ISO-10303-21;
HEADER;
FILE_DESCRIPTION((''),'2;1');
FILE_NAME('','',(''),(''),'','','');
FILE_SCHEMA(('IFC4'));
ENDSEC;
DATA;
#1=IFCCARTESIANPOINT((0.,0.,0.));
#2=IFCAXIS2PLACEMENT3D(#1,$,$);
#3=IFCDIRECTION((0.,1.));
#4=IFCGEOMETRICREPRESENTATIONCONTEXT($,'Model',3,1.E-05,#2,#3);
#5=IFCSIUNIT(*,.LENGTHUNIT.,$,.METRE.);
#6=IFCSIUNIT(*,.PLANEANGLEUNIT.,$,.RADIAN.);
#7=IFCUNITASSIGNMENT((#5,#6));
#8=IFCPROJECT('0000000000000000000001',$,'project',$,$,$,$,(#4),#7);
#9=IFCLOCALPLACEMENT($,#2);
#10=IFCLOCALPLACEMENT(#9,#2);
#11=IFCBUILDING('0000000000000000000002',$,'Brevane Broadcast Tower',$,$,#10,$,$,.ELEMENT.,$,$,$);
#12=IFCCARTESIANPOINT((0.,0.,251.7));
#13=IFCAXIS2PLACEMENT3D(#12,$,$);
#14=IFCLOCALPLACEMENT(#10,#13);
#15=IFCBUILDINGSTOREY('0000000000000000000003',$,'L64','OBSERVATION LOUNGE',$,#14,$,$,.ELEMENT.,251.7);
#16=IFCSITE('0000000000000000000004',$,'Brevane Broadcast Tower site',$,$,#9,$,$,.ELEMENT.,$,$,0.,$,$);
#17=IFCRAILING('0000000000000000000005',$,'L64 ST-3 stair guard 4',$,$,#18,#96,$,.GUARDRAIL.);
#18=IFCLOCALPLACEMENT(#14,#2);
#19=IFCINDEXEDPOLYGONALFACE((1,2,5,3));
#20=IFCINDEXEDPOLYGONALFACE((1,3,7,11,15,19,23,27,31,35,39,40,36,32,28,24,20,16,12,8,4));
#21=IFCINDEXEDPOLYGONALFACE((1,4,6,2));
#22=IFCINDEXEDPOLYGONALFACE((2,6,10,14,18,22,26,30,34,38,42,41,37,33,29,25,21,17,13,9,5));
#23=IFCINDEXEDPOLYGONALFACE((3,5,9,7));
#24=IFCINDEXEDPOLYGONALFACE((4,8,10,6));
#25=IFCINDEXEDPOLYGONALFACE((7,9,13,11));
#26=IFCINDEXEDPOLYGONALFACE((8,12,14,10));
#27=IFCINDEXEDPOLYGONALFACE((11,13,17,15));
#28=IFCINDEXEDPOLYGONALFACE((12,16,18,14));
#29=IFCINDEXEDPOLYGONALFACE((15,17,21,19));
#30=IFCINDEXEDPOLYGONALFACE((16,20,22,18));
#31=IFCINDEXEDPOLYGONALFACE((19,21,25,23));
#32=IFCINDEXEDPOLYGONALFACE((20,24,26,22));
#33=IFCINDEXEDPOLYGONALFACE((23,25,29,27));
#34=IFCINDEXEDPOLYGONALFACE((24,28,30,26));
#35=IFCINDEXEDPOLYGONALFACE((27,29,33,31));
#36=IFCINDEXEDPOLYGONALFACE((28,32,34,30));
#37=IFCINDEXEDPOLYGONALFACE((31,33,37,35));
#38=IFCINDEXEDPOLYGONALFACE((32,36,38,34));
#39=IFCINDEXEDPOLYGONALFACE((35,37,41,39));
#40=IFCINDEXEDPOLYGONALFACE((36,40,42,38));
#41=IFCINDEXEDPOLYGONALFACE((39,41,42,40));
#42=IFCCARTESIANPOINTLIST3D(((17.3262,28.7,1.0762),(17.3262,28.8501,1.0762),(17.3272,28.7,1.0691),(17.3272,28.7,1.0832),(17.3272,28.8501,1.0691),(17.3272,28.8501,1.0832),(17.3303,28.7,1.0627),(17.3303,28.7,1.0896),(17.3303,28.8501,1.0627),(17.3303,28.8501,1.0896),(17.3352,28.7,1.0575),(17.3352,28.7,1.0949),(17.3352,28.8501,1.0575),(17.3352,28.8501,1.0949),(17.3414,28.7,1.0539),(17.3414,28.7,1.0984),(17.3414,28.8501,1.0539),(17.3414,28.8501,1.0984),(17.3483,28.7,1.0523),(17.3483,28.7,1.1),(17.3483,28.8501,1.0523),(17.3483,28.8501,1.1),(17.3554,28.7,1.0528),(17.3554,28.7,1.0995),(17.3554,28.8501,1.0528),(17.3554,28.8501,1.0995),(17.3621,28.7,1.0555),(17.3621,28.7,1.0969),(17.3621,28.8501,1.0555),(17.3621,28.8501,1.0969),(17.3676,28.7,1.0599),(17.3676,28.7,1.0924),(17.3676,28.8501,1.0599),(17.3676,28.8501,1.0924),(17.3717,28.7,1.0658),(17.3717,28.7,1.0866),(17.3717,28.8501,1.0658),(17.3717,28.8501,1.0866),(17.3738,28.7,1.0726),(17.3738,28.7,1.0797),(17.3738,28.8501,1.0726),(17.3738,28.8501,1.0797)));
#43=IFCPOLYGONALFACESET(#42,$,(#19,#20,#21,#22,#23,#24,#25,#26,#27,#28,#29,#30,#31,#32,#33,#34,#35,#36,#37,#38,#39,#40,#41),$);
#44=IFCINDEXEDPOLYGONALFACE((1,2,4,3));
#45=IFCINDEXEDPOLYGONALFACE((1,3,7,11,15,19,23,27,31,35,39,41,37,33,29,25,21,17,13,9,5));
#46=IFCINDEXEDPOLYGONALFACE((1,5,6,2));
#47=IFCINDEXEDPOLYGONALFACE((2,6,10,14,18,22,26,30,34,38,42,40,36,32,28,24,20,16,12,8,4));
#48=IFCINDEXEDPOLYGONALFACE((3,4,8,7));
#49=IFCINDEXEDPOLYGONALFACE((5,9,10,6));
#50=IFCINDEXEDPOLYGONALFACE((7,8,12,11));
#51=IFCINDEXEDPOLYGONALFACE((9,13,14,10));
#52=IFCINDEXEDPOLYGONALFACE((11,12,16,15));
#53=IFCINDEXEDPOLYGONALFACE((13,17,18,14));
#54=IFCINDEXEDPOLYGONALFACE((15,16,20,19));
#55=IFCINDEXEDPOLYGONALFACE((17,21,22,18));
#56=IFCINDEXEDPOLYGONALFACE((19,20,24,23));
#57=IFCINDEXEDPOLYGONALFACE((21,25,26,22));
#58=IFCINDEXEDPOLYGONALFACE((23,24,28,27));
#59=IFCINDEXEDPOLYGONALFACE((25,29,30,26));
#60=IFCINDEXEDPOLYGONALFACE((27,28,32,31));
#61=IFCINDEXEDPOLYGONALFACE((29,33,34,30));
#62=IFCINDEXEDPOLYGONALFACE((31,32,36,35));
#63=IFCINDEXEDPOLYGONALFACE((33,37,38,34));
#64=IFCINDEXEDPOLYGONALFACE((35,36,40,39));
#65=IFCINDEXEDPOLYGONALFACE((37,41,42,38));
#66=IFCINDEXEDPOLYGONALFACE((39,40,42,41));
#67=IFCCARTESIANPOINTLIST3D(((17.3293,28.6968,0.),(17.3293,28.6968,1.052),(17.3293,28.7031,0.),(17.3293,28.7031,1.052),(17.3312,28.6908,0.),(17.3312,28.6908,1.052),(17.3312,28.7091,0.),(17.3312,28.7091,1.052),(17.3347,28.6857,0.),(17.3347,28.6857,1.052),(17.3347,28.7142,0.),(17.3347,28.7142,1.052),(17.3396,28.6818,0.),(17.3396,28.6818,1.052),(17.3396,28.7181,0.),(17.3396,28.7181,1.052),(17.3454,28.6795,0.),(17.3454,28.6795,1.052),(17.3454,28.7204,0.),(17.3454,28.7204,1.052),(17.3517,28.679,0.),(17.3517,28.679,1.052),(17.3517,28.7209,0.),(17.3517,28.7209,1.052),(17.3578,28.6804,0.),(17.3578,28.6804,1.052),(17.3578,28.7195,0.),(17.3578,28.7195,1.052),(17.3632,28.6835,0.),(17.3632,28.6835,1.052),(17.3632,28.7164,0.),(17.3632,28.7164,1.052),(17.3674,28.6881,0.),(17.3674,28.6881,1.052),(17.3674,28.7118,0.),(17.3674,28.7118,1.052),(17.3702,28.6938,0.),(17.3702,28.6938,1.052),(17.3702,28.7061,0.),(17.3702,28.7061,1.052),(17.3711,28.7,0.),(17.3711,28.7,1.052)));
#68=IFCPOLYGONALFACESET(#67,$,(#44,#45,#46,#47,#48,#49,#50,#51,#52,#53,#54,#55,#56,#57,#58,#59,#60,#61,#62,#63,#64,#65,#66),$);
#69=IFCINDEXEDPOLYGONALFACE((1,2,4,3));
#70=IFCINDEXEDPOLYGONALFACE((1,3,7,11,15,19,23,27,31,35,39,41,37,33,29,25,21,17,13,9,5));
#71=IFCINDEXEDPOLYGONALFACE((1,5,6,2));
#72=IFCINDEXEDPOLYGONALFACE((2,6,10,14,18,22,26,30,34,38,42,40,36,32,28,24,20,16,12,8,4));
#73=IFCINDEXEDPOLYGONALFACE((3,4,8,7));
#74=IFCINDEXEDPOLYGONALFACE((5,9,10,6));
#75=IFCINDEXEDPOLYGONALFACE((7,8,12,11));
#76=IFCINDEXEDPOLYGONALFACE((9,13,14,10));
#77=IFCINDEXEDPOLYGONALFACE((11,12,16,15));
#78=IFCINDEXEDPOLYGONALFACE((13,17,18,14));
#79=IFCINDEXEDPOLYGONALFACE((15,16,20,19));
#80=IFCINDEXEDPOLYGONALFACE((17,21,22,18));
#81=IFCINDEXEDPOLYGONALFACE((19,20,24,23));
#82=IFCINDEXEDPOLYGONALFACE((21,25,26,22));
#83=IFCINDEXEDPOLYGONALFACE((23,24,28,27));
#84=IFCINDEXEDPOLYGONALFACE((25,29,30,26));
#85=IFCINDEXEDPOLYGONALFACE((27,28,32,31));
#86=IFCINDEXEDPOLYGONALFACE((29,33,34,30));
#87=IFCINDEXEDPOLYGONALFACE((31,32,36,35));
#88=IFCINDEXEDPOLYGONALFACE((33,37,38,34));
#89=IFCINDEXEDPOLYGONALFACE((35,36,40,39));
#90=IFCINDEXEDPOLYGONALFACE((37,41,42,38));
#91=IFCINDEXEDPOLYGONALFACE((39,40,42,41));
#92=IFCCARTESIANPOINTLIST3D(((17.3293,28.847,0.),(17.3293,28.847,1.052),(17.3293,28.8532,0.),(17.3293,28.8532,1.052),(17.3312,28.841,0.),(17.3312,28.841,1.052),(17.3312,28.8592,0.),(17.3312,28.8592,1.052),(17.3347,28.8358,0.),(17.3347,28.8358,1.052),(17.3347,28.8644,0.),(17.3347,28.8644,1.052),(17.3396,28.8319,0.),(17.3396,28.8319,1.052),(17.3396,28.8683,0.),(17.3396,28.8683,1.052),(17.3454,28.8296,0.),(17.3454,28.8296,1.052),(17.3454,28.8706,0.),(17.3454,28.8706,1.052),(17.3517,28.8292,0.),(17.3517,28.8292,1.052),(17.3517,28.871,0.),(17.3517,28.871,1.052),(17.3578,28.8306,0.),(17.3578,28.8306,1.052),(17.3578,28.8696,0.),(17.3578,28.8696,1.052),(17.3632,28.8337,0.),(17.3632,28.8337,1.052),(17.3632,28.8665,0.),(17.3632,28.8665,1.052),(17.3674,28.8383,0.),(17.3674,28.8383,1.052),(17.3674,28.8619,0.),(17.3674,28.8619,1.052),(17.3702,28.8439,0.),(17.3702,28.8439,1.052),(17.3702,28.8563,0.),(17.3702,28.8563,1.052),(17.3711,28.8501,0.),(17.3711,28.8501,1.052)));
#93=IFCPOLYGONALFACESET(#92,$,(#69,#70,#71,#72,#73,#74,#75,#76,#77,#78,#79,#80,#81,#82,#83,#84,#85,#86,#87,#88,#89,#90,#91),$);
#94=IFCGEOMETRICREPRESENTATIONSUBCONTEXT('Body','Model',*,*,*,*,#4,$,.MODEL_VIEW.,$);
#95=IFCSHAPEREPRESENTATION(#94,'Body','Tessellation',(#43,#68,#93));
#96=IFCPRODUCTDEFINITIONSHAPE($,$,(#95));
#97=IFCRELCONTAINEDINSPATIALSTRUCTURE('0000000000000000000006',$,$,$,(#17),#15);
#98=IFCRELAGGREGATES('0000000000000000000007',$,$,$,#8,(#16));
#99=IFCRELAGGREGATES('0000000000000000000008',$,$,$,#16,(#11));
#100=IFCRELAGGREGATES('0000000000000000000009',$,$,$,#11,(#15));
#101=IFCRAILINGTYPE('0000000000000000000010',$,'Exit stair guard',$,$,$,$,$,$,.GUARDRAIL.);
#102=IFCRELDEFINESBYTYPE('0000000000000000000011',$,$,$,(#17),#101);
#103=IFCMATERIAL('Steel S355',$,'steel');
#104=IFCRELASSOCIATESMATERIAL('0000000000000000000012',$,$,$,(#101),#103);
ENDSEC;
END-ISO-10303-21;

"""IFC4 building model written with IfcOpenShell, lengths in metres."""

from ifc_helpers import new_model, si_unit, direction, frame, origin, origin_2d, place, context, subcontext, project, spatial, circle, extrude, material, type_object, element, save


model = new_model("IFC4")

# Units and contexts
model_context = context("Model", 3, precision=1e-05, world=origin(), true_north=direction((0.0, 1.0)))
body_context = subcontext(model_context, "Body", "Model", "MODEL_VIEW")
ifc_project = project(units=[si_unit("LENGTHUNIT", "METRE"), si_unit("PLANEANGLEUNIT", "RADIAN")], contexts=[model_context])

# Site, building, storey
site_placement = place(None, origin())
site = spatial("IfcSite", under=ifc_project, at=site_placement, Name="Brevane Broadcast Tower site", CompositionType="ELEMENT", RefElevation=0.0)
building_placement = place(site_placement, origin())
building = spatial("IfcBuilding", under=site, at=building_placement, Name="Brevane Broadcast Tower", CompositionType="ELEMENT")
storey_placement = place(building_placement, frame((0.0, 0.0, 251.7)))
storey = spatial("IfcBuildingStorey", under=building, at=storey_placement, Name="L64", Description="OBSERVATION LOUNGE", CompositionType="ELEMENT", Elevation=251.7)

# Railing
ifc_material_1 = material(Name="Steel S355", Category="steel")
railing_type = type_object("IfcRailingType", Name="Exit stair guard", PredefinedType="GUARDRAIL", material=ifc_material_1)
railing_1_placement = place(storey_placement, frame((17.3501, 28.7, 0.0)))
element("IfcRailing", 1, at=railing_1_placement, inside=storey, type_object=railing_type, Name="L64 ST-3 stair guard 4", PredefinedType="GUARDRAIL", context=body_context, shape_type="SweptSolid", body=[
    extrude(circle(Radius=0.0239, at=origin_2d()), frame((0.0, 0.0, 1.0762), z_axis=(0.0, 1.0, 0.0), x_axis=(-1.0, 0.0, 0.0)), (0.0, 0.0, 1.0), 0.1501),
    extrude(circle(Radius=0.021, at=origin_2d()), origin(), (0.0, 0.0, 1.0), 1.052),
    extrude(circle(Radius=0.021, at=origin_2d()), frame((0.0, 0.1501, 0.0)), (0.0, 0.0, 1.0), 1.052),
])

save(model, "model.ifc")
